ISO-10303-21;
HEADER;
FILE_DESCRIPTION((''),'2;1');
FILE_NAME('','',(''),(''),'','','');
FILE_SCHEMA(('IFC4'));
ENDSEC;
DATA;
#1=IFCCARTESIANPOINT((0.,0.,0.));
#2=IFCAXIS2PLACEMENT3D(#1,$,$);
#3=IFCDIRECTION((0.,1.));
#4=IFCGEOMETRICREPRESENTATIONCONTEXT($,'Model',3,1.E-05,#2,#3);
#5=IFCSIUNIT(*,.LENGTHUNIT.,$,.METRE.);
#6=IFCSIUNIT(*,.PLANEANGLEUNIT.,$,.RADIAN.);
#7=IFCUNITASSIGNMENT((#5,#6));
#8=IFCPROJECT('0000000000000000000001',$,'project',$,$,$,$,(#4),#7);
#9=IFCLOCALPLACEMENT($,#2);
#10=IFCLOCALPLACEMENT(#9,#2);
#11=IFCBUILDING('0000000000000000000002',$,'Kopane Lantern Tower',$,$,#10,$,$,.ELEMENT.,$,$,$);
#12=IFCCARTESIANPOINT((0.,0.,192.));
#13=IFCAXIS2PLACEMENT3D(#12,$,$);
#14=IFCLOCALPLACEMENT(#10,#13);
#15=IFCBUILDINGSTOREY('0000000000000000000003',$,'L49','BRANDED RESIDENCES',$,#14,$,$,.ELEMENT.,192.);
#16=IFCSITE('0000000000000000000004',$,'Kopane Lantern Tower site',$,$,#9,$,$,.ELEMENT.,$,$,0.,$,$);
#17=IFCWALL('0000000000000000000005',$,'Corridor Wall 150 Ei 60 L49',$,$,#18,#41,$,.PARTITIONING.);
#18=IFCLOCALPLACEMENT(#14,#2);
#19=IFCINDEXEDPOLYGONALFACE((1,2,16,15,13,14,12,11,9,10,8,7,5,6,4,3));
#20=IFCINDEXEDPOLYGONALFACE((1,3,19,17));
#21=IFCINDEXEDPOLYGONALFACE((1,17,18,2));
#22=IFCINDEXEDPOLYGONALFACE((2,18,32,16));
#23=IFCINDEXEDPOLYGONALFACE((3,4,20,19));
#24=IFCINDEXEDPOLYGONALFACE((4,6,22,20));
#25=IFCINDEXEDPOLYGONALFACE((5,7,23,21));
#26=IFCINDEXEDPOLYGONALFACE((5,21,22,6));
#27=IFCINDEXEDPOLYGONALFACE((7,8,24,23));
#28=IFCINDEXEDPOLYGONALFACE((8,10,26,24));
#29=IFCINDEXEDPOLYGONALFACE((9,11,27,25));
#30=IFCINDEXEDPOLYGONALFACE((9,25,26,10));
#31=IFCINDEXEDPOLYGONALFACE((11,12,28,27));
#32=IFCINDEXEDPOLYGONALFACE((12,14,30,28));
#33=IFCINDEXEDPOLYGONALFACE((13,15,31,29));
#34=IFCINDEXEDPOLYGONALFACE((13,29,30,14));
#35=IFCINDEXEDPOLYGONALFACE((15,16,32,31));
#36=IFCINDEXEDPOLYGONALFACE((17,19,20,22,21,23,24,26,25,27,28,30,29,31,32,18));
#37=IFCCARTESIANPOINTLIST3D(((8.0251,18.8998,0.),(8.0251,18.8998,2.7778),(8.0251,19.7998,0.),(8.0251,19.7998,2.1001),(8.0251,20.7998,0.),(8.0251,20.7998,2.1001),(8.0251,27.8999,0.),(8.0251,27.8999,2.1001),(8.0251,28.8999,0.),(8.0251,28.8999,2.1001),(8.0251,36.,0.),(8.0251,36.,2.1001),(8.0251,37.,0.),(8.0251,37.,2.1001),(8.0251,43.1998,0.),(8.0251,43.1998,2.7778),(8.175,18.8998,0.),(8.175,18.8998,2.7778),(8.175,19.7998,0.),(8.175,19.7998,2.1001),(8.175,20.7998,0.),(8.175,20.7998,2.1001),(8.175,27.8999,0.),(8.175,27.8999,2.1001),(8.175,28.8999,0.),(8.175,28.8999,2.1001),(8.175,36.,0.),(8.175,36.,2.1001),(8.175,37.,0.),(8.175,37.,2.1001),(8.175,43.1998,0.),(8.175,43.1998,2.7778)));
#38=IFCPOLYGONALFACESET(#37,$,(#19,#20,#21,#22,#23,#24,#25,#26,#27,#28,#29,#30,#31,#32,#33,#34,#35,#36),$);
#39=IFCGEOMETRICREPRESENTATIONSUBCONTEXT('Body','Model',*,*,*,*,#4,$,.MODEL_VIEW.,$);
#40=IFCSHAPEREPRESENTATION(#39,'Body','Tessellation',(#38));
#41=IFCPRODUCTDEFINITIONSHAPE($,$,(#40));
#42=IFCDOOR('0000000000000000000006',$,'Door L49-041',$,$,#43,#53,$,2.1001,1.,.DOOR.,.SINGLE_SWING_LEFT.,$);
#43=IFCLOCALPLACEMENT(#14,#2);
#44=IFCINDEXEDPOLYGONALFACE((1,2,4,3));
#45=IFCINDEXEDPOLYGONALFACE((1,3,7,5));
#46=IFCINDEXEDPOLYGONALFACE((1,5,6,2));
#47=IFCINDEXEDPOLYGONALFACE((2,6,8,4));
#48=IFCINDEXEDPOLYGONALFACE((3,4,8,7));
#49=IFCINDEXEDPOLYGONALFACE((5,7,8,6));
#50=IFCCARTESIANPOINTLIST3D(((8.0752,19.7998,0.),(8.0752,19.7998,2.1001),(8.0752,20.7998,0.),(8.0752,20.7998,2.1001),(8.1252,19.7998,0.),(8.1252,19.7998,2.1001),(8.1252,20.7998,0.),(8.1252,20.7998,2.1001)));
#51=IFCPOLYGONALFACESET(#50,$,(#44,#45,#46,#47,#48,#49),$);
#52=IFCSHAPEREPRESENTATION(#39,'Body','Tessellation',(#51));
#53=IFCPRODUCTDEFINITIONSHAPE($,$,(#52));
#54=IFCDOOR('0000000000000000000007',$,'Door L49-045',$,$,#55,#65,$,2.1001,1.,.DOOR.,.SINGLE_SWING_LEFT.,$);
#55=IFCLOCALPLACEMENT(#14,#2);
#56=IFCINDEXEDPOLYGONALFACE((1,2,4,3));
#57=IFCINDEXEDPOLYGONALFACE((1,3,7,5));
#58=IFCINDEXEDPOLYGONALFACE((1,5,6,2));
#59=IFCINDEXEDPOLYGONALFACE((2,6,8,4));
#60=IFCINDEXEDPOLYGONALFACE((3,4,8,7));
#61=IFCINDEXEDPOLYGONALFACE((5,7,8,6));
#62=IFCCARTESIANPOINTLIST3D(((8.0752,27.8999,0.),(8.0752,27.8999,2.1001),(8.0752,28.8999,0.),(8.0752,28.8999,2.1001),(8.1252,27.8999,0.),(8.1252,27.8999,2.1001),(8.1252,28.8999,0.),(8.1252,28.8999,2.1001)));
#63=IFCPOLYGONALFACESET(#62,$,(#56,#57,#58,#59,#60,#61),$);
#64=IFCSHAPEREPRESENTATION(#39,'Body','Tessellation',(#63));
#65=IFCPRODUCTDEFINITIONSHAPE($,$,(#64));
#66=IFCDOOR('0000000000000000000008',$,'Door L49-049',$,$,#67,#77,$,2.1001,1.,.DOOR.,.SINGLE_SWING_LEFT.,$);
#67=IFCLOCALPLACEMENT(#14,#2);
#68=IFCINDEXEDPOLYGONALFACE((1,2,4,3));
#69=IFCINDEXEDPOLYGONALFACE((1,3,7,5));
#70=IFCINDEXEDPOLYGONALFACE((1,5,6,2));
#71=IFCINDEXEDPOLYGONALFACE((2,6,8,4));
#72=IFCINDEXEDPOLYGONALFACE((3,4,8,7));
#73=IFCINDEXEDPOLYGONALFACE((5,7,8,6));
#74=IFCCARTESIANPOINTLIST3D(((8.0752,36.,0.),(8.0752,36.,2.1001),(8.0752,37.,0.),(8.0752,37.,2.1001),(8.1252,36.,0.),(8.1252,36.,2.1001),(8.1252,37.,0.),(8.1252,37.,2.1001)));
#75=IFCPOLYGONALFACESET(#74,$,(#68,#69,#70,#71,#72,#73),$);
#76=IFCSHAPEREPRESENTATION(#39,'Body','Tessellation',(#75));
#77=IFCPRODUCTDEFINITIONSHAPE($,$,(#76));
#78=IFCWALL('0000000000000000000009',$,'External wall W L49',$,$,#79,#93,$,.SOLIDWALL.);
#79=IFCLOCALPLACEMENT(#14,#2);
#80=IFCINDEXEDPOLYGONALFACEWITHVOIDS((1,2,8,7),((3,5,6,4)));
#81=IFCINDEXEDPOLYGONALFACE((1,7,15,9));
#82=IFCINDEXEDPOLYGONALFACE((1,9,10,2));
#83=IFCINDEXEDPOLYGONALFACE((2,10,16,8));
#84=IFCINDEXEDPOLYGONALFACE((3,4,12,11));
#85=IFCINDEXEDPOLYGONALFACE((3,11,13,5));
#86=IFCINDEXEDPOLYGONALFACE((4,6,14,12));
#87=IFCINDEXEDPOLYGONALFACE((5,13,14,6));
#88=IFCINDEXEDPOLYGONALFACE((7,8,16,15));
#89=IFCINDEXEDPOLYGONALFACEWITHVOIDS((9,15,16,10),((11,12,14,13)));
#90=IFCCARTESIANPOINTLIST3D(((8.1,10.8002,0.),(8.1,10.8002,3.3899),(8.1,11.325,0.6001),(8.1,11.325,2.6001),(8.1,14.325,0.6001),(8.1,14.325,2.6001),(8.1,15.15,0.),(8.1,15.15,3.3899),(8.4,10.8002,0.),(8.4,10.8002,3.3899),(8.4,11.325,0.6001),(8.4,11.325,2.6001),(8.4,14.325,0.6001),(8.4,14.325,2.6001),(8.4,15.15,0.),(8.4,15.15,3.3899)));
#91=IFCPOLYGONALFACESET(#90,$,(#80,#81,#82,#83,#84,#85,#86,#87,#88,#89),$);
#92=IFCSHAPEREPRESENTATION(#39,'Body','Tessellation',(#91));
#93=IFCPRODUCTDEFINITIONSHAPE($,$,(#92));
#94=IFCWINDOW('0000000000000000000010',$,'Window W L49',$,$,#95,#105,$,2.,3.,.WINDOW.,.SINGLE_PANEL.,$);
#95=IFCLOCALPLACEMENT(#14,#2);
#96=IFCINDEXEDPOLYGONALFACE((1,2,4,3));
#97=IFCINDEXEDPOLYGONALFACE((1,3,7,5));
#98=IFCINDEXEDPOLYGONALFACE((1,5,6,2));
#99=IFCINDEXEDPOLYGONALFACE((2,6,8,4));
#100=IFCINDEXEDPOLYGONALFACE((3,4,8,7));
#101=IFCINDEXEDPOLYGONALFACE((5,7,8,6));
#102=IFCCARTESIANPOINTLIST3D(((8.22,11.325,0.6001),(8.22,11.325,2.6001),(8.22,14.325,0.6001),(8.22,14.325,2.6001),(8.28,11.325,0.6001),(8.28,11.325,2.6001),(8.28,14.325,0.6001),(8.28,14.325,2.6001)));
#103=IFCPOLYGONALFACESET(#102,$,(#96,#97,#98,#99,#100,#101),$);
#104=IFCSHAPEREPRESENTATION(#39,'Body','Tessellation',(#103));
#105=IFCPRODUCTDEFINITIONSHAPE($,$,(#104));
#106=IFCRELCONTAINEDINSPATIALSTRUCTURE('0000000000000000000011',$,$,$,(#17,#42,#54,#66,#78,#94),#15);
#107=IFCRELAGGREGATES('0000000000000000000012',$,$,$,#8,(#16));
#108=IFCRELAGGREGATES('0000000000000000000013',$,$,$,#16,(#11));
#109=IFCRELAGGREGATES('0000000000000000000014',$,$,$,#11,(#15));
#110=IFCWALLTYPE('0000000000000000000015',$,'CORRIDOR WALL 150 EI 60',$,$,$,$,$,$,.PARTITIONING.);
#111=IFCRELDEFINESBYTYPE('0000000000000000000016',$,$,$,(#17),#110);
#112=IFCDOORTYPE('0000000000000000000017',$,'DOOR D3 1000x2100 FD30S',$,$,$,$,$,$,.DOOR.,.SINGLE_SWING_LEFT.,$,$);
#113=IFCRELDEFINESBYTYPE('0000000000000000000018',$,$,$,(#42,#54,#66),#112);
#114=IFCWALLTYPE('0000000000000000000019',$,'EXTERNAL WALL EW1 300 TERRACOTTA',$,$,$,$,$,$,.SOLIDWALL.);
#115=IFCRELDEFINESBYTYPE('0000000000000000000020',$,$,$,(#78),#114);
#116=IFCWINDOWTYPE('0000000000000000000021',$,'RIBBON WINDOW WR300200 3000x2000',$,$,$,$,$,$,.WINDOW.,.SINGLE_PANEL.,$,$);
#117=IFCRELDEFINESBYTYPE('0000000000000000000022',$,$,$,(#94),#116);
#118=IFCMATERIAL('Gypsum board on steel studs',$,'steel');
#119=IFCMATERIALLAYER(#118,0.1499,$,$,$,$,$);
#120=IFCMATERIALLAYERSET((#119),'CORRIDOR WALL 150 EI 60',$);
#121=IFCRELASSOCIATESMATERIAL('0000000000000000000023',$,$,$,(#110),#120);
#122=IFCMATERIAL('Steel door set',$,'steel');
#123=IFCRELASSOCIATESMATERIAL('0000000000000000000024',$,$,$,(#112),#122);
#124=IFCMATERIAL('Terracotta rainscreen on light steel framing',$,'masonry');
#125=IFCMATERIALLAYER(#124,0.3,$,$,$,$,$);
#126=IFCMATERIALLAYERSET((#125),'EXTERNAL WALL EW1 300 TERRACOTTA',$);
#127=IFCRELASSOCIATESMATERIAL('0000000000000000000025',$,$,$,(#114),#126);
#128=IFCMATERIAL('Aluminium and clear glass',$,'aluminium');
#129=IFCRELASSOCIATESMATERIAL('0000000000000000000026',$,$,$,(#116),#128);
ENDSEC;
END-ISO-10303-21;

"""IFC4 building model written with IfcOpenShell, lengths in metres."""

from ifc_helpers import new_model, si_unit, direction, frame, frame_2d, origin, place, context, subcontext, project, spatial, rectangle, extrude, material, layer, layer_set, type_object, element, fill, save


model = new_model("IFC4")

# Units and contexts
model_context = context("Model", 3, precision=1e-05, world=origin(), true_north=direction((0.0, 1.0)))
body_context = subcontext(model_context, "Body", "Model", "MODEL_VIEW")
ifc_project = project(units=[si_unit("LENGTHUNIT", "METRE"), si_unit("PLANEANGLEUNIT", "RADIAN")], contexts=[model_context])

# Site, building, storey
site_placement = place(None, origin())
site = spatial("IfcSite", under=ifc_project, at=site_placement, Name="Kopane Lantern Tower site", CompositionType="ELEMENT", RefElevation=0.0)
building_placement = place(site_placement, origin())
building = spatial("IfcBuilding", under=site, at=building_placement, Name="Kopane Lantern Tower", CompositionType="ELEMENT")
storey_placement = place(building_placement, frame((0.0, 0.0, 192.0)))
storey = spatial("IfcBuildingStorey", under=building, at=storey_placement, Name="L49", Description="BRANDED RESIDENCES", CompositionType="ELEMENT", Elevation=192.0)

# Wall, openings, doors
ifc_material_1 = material(Name="Gypsum board on steel studs", Category="steel")
ifc_layer_1 = layer(ifc_material_1, 0.1499)
ifc_layer_set_1 = layer_set([ifc_layer_1], Name="CORRIDOR WALL 150 EI 60")
wall_type_1 = type_object("IfcWallType", Name="CORRIDOR WALL 150 EI 60", PredefinedType="PARTITIONING", material=ifc_layer_set_1)
ifc_material_2 = material(Name="Steel door set", Category="steel")
door_type = type_object("IfcDoorType", Name="DOOR D3 1000x2100 FD30S", OperationType="SINGLE_SWING_LEFT", PredefinedType="DOOR", material=ifc_material_2)
wall_1_placement = place(storey_placement, frame((8.1001, 18.8999, 0.0), z_axis=(0.0, 0.0, 1.0), x_axis=(0.0, 1.0, 0.0)))
wall_1 = element("IfcWall", 1, at=wall_1_placement, inside=storey, type_object=wall_type_1, Name="Corridor Wall 150 Ei 60 L49", PredefinedType="PARTITIONING", context=body_context, shape_type="SweptSolid", body=[
    extrude(rectangle(XDim=24.3, YDim=0.1499, at=frame_2d((12.1499, 0.0))), origin(), (0.0, 0.0, 1.0), 2.7778),
])
opening_1_placement = place(wall_1_placement, frame((0.8999, 0.0, 0.0)))
opening_1 = element("IfcOpeningElement", 2, at=opening_1_placement, cuts=wall_1, PredefinedType="OPENING", context=body_context, shape_type="SweptSolid", body=[
    extrude(rectangle(XDim=1.0, YDim=2.1001, at=frame_2d((0.5, 1.05))), frame((0.0, 0.085, 0.0), z_axis=(0.0, -1.0, 0.0), x_axis=(1.0, 0.0, 0.0)), (0.0, 0.0, 1.0), 0.1699),
])
opening_2_placement = place(wall_1_placement, frame((9.0, 0.0, 0.0)))
opening_2 = element("IfcOpeningElement", 3, at=opening_2_placement, cuts=wall_1, PredefinedType="OPENING", context=body_context, shape_type="SweptSolid", body=[
    extrude(rectangle(XDim=1.0, YDim=2.1001, at=frame_2d((0.5, 1.05))), frame((0.0, 0.085, 0.0), z_axis=(0.0, -1.0, 0.0), x_axis=(1.0, 0.0, 0.0)), (0.0, 0.0, 1.0), 0.1699),
])
opening_3_placement = place(wall_1_placement, frame((17.1001, 0.0, 0.0)))
opening_3 = element("IfcOpeningElement", 4, at=opening_3_placement, cuts=wall_1, PredefinedType="OPENING", context=body_context, shape_type="SweptSolid", body=[
    extrude(rectangle(XDim=1.0, YDim=2.1001, at=frame_2d((0.5, 1.05))), frame((0.0, 0.085, 0.0), z_axis=(0.0, -1.0, 0.0), x_axis=(1.0, 0.0, 0.0)), (0.0, 0.0, 1.0), 0.1699),
])
door_1_placement = place(opening_1_placement, origin())
door_1 = element("IfcDoor", 5, at=door_1_placement, inside=storey, type_object=door_type, Name="Door L49-041", OperationType="SINGLE_SWING_LEFT", OverallHeight=2.1001, OverallWidth=1.0, PredefinedType="DOOR", context=body_context, shape_type="SweptSolid", body=[
    extrude(rectangle(XDim=1.0, YDim=2.1001, at=frame_2d((0.5, 1.05))), frame((0.0, 0.0249, 0.0), z_axis=(0.0, -1.0, 0.0), x_axis=(1.0, 0.0, 0.0)), (0.0, 0.0, 1.0), 0.05),
])
fill(opening_1, door_1)
door_2_placement = place(opening_2_placement, origin())
door_2 = element("IfcDoor", 6, at=door_2_placement, inside=storey, type_object=door_type, Name="Door L49-045", OperationType="SINGLE_SWING_LEFT", OverallHeight=2.1001, OverallWidth=1.0, PredefinedType="DOOR", context=body_context, shape_type="SweptSolid", body=[
    extrude(rectangle(XDim=1.0, YDim=2.1001, at=frame_2d((0.5, 1.05))), frame((0.0, 0.0249, 0.0), z_axis=(0.0, -1.0, 0.0), x_axis=(1.0, 0.0, 0.0)), (0.0, 0.0, 1.0), 0.05),
])
fill(opening_2, door_2)
door_3_placement = place(opening_3_placement, origin())
door_3 = element("IfcDoor", 7, at=door_3_placement, inside=storey, type_object=door_type, Name="Door L49-049", OperationType="SINGLE_SWING_LEFT", OverallHeight=2.1001, OverallWidth=1.0, PredefinedType="DOOR", context=body_context, shape_type="SweptSolid", body=[
    extrude(rectangle(XDim=1.0, YDim=2.1001, at=frame_2d((0.5, 1.05))), frame((0.0, 0.0249, 0.0), z_axis=(0.0, -1.0, 0.0), x_axis=(1.0, 0.0, 0.0)), (0.0, 0.0, 1.0), 0.05),
])
fill(opening_3, door_3)

# Wall, opening, window
ifc_material_3 = material(Name="Terracotta rainscreen on light steel framing", Category="masonry")
ifc_layer_2 = layer(ifc_material_3, 0.3)
ifc_layer_set_2 = layer_set([ifc_layer_2], Name="EXTERNAL WALL EW1 300 TERRACOTTA")
wall_type_2 = type_object("IfcWallType", Name="EXTERNAL WALL EW1 300 TERRACOTTA", PredefinedType="SOLIDWALL", material=ifc_layer_set_2)
wall_2_placement = place(storey_placement, frame((8.25, 15.1499, 0.0), z_axis=(0.0, 0.0, 1.0), x_axis=(0.0, -1.0, 0.0)))
wall_2 = element("IfcWall", 8, at=wall_2_placement, inside=storey, type_object=wall_type_2, Name="External wall W L49", PredefinedType="SOLIDWALL", context=body_context, shape_type="SweptSolid", body=[
    extrude(rectangle(XDim=4.3499, YDim=0.3, at=frame_2d((2.1748, 0.0))), origin(), (0.0, 0.0, 1.0), 3.3899),
])
opening_4_placement = place(wall_2_placement, frame((0.825, 0.0, 0.6001)))
opening_4 = element("IfcOpeningElement", 9, at=opening_4_placement, cuts=wall_2, PredefinedType="OPENING", context=body_context, shape_type="SweptSolid", body=[
    extrude(rectangle(XDim=3.0, YDim=2.0, at=frame_2d((1.5, 1.0))), frame((0.0, 0.1599, 0.0), z_axis=(0.0, -1.0, 0.0), x_axis=(1.0, 0.0, 0.0)), (0.0, 0.0, 1.0), 0.3201),
])
ifc_material_4 = material(Name="Aluminium and clear glass", Category="aluminium")
window_type = type_object("IfcWindowType", Name="RIBBON WINDOW WR300200 3000x2000", PartitioningType="SINGLE_PANEL", PredefinedType="WINDOW", material=ifc_material_4)
window_placement = place(opening_4_placement, origin())
window = element("IfcWindow", 10, at=window_placement, inside=storey, type_object=window_type, Name="Window W L49", OverallHeight=2.0, OverallWidth=3.0, PartitioningType="SINGLE_PANEL", PredefinedType="WINDOW", context=body_context, shape_type="SweptSolid", body=[
    extrude(rectangle(XDim=3.0, YDim=2.0, at=frame_2d((1.5, 1.0))), frame((0.0, 0.03, 0.0), z_axis=(0.0, -1.0, 0.0), x_axis=(1.0, 0.0, 0.0)), (0.0, 0.0, 1.0), 0.0601),
])
fill(opening_4, window)

save(model, "model.ifc")
